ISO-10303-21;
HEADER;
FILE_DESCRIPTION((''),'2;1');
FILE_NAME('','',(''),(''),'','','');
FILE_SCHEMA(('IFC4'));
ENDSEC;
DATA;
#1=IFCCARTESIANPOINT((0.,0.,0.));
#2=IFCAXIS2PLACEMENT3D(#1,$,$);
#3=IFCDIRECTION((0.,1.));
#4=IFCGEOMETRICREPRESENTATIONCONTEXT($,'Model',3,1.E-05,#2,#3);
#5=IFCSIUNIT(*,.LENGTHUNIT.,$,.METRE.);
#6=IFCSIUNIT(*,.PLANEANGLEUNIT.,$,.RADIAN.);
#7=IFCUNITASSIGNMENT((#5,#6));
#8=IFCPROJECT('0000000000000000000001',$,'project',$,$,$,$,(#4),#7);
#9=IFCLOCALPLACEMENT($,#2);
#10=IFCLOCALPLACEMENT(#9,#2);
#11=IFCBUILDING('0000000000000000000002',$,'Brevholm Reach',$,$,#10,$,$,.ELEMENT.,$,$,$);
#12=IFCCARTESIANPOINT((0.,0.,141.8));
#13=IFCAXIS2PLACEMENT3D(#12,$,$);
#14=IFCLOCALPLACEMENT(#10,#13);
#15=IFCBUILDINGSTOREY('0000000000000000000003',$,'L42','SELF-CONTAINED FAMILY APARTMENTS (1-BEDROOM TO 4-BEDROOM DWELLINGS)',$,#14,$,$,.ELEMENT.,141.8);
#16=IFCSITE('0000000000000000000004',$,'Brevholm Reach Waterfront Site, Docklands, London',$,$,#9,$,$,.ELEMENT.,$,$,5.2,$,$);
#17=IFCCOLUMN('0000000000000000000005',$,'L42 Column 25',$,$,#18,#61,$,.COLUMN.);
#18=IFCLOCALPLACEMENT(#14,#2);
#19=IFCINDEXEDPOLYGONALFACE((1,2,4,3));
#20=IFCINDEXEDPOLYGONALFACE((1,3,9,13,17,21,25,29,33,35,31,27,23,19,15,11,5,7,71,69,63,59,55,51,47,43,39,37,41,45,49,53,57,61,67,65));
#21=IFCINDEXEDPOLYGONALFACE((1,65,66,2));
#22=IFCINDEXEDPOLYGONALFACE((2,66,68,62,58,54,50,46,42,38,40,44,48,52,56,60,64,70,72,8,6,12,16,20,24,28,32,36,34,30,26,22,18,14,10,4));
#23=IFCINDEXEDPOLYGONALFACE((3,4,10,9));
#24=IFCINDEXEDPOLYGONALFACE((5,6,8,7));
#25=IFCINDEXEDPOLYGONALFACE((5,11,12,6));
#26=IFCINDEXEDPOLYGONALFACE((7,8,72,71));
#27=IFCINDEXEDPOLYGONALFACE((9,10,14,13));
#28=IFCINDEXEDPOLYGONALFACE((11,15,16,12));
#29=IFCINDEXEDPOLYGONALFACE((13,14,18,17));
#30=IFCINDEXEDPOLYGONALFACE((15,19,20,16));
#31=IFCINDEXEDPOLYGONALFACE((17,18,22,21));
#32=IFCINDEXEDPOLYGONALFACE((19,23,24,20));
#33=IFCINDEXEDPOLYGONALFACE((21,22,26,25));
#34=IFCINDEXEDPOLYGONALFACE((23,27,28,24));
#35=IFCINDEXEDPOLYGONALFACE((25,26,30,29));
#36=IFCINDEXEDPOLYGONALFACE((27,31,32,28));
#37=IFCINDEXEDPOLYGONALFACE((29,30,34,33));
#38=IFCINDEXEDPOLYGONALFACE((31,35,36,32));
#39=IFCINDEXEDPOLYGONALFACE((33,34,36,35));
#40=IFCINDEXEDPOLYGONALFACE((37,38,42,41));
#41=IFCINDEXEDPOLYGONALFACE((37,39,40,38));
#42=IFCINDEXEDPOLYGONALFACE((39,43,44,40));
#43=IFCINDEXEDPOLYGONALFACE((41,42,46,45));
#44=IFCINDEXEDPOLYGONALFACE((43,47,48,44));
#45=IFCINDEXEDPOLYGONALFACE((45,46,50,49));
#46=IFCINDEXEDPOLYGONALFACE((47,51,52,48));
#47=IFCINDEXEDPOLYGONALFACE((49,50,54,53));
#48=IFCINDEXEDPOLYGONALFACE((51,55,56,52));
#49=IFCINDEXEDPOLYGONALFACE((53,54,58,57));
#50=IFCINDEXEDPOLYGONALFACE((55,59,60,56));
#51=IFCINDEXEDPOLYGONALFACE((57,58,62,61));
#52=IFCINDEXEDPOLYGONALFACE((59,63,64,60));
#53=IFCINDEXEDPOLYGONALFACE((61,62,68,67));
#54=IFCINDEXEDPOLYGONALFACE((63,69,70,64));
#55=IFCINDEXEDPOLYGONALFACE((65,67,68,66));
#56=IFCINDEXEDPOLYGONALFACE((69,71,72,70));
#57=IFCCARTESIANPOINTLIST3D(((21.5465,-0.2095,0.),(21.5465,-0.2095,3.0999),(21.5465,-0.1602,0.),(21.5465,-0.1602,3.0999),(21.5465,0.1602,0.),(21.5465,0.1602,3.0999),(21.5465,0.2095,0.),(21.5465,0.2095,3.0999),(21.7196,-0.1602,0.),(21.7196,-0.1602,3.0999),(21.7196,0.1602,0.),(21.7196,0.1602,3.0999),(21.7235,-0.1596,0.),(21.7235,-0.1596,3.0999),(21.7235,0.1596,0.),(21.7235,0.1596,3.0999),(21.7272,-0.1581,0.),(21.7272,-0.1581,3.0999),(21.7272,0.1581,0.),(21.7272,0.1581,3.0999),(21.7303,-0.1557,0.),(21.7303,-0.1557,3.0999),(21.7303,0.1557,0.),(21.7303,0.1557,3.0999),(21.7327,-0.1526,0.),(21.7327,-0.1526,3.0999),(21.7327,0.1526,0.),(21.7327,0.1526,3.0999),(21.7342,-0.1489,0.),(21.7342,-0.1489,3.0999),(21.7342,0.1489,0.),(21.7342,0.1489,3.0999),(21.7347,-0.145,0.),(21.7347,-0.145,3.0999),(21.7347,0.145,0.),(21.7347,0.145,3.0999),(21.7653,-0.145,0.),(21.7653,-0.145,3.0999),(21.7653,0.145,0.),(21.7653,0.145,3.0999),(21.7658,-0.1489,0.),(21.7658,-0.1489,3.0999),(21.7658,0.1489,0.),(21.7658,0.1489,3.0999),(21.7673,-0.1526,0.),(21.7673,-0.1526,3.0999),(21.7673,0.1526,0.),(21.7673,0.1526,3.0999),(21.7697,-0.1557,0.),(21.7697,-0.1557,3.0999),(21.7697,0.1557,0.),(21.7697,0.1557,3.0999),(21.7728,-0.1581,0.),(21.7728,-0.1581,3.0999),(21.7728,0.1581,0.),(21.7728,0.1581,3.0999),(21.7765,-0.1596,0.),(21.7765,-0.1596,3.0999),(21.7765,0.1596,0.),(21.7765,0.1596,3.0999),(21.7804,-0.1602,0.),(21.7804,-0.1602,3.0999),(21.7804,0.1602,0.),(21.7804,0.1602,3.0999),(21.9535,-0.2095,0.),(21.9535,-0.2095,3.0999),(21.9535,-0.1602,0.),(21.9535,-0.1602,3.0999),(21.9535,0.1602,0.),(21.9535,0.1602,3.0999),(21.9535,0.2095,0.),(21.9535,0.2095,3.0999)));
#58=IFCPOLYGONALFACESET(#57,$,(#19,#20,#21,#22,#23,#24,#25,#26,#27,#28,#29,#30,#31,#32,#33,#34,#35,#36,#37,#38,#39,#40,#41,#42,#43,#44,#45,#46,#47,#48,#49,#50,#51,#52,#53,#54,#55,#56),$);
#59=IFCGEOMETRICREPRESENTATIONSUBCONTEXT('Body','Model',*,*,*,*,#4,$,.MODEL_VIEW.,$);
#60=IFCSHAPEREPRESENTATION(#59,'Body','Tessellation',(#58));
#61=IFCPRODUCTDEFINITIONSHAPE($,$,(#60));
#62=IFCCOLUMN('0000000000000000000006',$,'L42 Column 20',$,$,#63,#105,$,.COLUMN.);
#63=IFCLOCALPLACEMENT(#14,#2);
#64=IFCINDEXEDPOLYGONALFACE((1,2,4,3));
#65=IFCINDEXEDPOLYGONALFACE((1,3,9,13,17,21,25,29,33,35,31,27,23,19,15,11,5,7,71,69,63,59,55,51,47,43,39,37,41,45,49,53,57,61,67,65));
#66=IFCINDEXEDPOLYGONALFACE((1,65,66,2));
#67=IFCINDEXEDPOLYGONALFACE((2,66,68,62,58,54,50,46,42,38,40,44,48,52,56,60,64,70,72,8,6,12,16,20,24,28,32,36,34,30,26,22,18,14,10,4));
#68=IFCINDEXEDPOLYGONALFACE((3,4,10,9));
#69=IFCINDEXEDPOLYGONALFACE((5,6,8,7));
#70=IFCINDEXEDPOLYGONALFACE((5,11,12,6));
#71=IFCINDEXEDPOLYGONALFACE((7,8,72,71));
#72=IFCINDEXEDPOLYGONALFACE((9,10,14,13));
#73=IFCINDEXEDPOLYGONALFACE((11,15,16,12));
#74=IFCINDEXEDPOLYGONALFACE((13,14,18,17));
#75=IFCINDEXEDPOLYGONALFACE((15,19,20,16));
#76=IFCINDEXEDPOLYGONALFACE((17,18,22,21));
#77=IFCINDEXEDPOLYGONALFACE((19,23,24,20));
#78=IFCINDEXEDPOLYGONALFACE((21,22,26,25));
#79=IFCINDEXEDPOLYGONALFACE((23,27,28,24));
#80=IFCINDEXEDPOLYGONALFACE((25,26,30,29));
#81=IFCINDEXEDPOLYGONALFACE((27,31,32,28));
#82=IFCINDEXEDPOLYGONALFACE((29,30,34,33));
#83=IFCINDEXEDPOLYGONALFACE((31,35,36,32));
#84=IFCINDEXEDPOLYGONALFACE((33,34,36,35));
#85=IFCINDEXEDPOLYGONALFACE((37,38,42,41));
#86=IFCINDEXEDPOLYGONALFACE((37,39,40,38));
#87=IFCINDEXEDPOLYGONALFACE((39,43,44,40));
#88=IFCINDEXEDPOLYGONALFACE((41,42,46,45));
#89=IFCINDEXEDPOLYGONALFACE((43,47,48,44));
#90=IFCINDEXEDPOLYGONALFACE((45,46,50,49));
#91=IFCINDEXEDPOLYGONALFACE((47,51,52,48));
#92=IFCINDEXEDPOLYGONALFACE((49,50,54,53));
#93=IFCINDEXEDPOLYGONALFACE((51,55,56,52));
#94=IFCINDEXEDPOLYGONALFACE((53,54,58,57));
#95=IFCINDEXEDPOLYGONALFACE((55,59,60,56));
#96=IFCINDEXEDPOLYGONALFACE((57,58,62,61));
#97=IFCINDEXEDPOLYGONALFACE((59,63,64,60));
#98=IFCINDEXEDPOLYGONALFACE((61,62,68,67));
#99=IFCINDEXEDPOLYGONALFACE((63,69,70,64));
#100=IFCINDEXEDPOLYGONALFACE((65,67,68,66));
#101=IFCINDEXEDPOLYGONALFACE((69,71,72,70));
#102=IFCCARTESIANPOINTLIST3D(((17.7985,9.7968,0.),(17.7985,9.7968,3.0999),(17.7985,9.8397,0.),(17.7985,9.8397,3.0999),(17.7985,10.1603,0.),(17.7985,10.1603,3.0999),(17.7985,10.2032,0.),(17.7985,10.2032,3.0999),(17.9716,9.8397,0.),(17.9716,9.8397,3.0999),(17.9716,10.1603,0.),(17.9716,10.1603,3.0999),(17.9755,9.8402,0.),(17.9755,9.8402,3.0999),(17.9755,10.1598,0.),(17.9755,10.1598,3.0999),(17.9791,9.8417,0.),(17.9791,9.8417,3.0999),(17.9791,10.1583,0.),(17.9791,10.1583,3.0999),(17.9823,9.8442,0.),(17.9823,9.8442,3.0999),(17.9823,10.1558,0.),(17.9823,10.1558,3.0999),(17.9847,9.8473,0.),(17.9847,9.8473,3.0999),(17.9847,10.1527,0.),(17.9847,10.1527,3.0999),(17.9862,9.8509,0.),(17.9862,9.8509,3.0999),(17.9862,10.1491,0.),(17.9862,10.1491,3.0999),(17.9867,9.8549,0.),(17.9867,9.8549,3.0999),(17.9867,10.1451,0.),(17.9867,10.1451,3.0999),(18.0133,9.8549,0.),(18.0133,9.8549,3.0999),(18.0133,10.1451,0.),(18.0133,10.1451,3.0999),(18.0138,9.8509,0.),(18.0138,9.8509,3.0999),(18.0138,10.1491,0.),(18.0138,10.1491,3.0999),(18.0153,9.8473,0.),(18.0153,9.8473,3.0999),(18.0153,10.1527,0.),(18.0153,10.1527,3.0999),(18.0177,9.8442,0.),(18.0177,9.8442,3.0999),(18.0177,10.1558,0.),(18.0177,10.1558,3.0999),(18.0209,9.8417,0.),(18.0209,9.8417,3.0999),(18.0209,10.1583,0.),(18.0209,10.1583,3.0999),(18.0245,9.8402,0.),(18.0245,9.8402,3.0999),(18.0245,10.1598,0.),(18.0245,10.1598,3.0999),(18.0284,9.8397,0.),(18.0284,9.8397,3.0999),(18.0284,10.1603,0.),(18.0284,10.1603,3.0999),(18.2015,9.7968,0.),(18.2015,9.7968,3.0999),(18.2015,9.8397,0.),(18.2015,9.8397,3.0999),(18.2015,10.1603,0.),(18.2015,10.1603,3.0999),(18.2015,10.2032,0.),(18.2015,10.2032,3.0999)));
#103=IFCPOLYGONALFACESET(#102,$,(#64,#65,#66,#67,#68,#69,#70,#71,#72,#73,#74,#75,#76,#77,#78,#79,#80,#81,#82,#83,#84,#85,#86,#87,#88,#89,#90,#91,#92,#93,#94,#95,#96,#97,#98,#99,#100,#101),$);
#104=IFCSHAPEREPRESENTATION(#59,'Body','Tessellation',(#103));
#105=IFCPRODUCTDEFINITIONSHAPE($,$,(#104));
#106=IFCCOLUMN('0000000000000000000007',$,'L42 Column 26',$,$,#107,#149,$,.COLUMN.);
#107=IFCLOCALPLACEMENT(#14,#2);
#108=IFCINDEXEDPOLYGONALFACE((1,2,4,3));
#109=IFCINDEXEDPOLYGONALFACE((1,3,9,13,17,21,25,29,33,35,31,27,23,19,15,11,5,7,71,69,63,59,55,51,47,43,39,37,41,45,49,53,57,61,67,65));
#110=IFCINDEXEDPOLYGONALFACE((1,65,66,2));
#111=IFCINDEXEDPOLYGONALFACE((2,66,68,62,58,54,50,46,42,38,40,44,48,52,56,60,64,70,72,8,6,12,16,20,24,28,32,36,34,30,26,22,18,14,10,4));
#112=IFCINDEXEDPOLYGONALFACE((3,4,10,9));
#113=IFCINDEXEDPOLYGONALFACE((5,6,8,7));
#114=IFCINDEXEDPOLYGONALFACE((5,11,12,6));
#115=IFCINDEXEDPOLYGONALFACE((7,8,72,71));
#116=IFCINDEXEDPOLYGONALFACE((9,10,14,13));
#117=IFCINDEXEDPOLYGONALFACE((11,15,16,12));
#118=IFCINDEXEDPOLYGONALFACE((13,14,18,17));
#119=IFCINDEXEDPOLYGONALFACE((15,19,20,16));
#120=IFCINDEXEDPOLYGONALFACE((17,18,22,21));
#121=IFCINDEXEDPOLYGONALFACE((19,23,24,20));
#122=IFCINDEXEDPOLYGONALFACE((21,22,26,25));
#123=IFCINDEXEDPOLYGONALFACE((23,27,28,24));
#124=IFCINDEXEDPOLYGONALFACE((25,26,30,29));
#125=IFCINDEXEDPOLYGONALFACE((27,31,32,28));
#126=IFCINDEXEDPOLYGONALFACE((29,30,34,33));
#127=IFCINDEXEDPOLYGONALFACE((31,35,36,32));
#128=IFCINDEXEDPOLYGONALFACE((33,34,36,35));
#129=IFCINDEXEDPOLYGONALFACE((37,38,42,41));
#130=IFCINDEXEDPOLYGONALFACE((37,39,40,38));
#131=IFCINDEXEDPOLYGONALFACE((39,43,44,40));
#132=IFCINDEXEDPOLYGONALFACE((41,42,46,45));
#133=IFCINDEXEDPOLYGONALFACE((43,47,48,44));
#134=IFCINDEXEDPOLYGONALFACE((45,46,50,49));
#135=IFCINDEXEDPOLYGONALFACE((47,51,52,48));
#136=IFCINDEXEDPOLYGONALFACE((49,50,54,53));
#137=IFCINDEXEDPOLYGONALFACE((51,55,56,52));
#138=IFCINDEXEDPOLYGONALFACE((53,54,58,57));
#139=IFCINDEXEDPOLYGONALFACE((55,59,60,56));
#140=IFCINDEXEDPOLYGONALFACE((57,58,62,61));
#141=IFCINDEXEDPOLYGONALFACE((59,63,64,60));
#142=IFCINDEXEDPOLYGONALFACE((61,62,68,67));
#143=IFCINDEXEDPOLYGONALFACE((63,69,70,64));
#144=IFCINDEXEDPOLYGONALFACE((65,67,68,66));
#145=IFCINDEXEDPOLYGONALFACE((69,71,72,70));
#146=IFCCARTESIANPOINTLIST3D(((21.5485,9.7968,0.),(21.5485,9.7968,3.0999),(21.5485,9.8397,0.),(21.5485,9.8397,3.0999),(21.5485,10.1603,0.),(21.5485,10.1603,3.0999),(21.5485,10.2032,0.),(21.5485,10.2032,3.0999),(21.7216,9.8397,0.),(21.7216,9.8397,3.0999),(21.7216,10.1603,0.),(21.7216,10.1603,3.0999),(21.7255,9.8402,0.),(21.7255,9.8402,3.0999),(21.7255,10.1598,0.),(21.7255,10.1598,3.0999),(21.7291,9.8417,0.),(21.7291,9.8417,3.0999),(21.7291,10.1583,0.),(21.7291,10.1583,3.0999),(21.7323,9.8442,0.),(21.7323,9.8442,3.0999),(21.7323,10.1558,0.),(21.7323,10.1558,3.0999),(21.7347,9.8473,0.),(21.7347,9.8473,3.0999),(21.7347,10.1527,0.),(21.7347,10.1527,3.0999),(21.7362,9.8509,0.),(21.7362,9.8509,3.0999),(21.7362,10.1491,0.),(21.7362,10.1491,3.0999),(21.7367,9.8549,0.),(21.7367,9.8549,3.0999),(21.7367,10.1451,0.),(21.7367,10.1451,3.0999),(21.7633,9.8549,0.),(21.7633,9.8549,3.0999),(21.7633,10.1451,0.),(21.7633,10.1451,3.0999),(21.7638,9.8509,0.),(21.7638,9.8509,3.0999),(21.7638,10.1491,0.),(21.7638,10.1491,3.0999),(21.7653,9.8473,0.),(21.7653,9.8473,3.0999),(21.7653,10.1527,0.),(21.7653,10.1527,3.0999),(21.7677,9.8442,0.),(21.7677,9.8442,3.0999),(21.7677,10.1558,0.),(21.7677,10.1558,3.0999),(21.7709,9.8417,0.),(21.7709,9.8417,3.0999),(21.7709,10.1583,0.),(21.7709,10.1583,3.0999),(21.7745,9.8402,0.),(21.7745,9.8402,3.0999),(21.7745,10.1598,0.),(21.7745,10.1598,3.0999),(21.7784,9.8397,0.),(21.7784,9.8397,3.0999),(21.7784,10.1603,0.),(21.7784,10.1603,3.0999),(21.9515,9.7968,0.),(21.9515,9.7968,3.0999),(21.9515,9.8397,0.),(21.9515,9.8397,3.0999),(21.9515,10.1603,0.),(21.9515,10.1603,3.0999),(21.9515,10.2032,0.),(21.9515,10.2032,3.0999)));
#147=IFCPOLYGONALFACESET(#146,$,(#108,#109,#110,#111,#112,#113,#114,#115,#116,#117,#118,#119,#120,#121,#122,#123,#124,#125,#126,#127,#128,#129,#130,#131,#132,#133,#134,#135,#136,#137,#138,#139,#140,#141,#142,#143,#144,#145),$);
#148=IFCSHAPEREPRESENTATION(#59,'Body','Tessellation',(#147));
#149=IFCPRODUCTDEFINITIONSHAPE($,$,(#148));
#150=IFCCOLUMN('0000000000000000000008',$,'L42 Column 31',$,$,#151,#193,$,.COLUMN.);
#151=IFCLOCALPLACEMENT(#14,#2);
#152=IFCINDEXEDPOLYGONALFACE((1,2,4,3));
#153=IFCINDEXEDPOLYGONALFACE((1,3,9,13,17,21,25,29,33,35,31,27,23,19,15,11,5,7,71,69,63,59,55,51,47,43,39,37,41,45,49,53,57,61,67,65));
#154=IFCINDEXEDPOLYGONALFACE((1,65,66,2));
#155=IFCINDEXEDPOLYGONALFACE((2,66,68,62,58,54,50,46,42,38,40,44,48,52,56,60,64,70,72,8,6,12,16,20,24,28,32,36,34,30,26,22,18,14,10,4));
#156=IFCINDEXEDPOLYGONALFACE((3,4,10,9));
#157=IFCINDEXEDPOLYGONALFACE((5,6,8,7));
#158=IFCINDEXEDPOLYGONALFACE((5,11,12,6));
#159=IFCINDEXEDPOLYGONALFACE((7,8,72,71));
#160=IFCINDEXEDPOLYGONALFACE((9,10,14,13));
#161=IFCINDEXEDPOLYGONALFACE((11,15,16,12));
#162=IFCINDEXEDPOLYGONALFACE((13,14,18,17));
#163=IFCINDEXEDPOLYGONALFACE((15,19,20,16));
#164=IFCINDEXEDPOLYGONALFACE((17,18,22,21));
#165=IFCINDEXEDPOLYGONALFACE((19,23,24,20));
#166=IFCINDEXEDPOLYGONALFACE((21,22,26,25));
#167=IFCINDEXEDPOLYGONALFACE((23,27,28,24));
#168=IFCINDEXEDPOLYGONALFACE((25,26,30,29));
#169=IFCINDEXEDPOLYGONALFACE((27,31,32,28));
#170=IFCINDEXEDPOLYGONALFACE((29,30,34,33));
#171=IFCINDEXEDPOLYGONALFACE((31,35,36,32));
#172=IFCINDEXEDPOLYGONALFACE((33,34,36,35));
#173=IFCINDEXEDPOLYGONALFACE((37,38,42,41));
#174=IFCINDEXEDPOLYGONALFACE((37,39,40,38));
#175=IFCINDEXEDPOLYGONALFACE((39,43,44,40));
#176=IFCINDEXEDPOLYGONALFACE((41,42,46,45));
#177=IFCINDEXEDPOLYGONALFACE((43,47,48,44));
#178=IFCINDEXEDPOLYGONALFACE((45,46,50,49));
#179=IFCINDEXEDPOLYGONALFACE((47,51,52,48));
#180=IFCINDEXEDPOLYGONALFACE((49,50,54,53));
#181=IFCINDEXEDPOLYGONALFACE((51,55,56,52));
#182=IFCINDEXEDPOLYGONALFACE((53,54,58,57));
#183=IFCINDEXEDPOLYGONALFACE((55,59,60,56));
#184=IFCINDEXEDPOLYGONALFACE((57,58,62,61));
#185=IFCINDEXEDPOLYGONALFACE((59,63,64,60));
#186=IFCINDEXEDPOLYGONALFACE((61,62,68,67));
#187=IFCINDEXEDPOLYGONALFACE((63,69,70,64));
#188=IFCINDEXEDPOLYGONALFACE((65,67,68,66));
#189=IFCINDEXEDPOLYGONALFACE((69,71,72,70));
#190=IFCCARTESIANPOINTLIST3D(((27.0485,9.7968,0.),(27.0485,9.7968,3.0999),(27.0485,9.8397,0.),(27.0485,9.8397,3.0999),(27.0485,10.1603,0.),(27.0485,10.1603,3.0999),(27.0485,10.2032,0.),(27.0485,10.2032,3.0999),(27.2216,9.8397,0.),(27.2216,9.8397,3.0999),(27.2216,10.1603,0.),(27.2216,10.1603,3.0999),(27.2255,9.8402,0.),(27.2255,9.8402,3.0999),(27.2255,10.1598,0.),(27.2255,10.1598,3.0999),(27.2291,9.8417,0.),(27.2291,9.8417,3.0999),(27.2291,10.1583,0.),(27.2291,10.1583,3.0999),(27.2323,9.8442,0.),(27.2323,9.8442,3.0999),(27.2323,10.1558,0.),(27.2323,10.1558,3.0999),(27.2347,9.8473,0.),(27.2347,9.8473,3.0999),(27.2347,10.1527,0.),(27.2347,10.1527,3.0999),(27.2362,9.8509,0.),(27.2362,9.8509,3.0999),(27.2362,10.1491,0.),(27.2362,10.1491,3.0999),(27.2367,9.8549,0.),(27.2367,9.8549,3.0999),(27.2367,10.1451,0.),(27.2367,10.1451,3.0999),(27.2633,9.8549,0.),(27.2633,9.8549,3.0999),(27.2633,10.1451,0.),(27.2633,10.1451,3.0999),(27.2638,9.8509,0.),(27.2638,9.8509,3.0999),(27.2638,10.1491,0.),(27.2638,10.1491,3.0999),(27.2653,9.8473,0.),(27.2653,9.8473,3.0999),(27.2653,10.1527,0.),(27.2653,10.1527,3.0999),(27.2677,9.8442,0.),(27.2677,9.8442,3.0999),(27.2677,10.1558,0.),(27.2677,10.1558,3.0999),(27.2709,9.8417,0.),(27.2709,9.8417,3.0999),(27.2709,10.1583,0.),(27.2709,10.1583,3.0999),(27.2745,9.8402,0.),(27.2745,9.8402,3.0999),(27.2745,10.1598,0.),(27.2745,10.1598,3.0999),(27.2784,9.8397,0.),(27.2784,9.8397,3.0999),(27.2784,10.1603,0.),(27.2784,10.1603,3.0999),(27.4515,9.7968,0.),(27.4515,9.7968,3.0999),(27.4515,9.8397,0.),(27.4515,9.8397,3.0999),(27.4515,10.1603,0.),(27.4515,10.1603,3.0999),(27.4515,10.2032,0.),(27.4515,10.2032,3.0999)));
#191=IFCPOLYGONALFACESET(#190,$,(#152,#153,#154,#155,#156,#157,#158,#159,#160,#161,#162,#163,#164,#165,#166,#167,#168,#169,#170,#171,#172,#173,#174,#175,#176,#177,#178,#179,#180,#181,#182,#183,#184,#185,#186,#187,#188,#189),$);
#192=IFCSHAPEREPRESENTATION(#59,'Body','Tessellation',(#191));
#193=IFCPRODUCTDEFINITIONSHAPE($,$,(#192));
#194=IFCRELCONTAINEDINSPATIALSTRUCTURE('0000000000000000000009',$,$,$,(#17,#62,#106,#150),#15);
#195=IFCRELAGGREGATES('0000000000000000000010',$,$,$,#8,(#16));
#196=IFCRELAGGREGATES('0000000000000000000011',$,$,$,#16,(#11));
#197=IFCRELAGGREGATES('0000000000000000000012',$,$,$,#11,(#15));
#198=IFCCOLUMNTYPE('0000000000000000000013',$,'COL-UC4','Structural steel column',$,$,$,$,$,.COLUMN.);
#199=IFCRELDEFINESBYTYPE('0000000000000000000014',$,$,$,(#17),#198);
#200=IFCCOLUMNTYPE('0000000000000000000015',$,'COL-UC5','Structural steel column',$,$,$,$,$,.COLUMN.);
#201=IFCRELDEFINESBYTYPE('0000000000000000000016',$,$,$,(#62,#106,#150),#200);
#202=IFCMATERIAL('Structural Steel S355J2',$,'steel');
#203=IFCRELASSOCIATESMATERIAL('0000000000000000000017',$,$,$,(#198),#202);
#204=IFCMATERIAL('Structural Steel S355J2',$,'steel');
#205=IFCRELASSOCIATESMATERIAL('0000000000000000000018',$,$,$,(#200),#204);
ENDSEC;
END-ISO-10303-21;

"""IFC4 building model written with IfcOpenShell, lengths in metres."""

from ifc_helpers import new_model, si_unit, direction, frame, origin, origin_2d, place, context, subcontext, project, spatial, i_section, extrude, material, material_profile, profile_set, type_object, element, save


model = new_model("IFC4")

# Units and contexts
model_context = context("Model", 3, precision=1e-05, world=origin(), true_north=direction((0.0, 1.0)))
body_context = subcontext(model_context, "Body", "Model", "MODEL_VIEW")
ifc_project = project(units=[si_unit("LENGTHUNIT", "METRE"), si_unit("PLANEANGLEUNIT", "RADIAN")], contexts=[model_context])

# Site, building, storey
site_placement = place(None, origin())
site = spatial("IfcSite", under=ifc_project, at=site_placement, Name="Brevholm Reach Waterfront Site, Docklands, London", CompositionType="ELEMENT", RefElevation=5.2)
building_placement = place(site_placement, origin())
building = spatial("IfcBuilding", under=site, at=building_placement, Name="Brevholm Reach", CompositionType="ELEMENT")
storey_placement = place(building_placement, frame((0.0, 0.0, 141.8)))
storey = spatial("IfcBuildingStorey", under=building, at=storey_placement, Name="L42", Description="SELF-CONTAINED FAMILY APARTMENTS (1-BEDROOM TO 4-BEDROOM DWELLINGS)", CompositionType="ELEMENT", Elevation=141.8)

# Columns
ifc_material_1 = material(Name="Structural Steel S355J2", Category="steel")
ifc_material_profile_1 = material_profile(ifc_material_1, i_section(OverallWidth=0.407, OverallDepth=0.4189, WebThickness=0.0305, FlangeThickness=0.0493, FilletRadius=0.0151, at=origin_2d()), Name="UKC 356x406x393")
ifc_profile_set_1 = profile_set([ifc_material_profile_1], Name="Structural Steel S355J2")
column_type_1 = type_object("IfcColumnType", Name="COL-UC4", Description="Structural steel column", PredefinedType="COLUMN", material=ifc_profile_set_1)
column_placement = place(storey_placement, frame((21.75, 0.0, 0.0), z_axis=(0.0, 0.0, 1.0), x_axis=(1.0, 0.0, 0.0)))
element("IfcColumn", 1, at=column_placement, inside=storey, type_object=column_type_1, Name="L42 Column 25", PredefinedType="COLUMN", context=body_context, shape_type="SweptSolid", body=[
    extrude(i_section(OverallWidth=0.407, OverallDepth=0.4189, WebThickness=0.0305, FlangeThickness=0.0493, FilletRadius=0.0151, at=origin_2d()), origin(), (0.0, 0.0, 1.0), 3.0999),
])
ifc_material_2 = material(Name="Structural Steel S355J2", Category="steel")
ifc_material_profile_2 = material_profile(ifc_material_2, i_section(OverallWidth=0.4031, OverallDepth=0.4065, WebThickness=0.0266, FlangeThickness=0.043, FilletRadius=0.0151, at=origin_2d()), Name="UKC 356x406x340")
ifc_profile_set_2 = profile_set([ifc_material_profile_2], Name="Structural Steel S355J2")
column_type_2 = type_object("IfcColumnType", Name="COL-UC5", Description="Structural steel column", PredefinedType="COLUMN", material=ifc_profile_set_2)
for number, where, z_axis, x_axis, name in (
    (2, (18.0, 10.0, 0.0), (0.0, 0.0, 1.0), (1.0, 0.0, 0.0), "L42 Column 20"),
    (3, (21.75, 10.0, 0.0), (0.0, 0.0, 1.0), (1.0, 0.0, 0.0), "L42 Column 26"),
    (4, (27.25, 10.0, 0.0), (0.0, 0.0, 1.0), (1.0, 0.0, 0.0), "L42 Column 31"),
):
    element("IfcColumn", number, at=place(storey_placement, frame(where, z_axis=z_axis, x_axis=x_axis)), inside=storey, type_object=column_type_2, Name=name, PredefinedType="COLUMN", context=body_context, shape_type="SweptSolid", body=[
        extrude(i_section(OverallWidth=0.4031, OverallDepth=0.4065, WebThickness=0.0266, FlangeThickness=0.043, FilletRadius=0.0151, at=origin_2d()), origin(), (0.0, 0.0, 1.0), 3.0999),
    ])

save(model, "model.ifc")
